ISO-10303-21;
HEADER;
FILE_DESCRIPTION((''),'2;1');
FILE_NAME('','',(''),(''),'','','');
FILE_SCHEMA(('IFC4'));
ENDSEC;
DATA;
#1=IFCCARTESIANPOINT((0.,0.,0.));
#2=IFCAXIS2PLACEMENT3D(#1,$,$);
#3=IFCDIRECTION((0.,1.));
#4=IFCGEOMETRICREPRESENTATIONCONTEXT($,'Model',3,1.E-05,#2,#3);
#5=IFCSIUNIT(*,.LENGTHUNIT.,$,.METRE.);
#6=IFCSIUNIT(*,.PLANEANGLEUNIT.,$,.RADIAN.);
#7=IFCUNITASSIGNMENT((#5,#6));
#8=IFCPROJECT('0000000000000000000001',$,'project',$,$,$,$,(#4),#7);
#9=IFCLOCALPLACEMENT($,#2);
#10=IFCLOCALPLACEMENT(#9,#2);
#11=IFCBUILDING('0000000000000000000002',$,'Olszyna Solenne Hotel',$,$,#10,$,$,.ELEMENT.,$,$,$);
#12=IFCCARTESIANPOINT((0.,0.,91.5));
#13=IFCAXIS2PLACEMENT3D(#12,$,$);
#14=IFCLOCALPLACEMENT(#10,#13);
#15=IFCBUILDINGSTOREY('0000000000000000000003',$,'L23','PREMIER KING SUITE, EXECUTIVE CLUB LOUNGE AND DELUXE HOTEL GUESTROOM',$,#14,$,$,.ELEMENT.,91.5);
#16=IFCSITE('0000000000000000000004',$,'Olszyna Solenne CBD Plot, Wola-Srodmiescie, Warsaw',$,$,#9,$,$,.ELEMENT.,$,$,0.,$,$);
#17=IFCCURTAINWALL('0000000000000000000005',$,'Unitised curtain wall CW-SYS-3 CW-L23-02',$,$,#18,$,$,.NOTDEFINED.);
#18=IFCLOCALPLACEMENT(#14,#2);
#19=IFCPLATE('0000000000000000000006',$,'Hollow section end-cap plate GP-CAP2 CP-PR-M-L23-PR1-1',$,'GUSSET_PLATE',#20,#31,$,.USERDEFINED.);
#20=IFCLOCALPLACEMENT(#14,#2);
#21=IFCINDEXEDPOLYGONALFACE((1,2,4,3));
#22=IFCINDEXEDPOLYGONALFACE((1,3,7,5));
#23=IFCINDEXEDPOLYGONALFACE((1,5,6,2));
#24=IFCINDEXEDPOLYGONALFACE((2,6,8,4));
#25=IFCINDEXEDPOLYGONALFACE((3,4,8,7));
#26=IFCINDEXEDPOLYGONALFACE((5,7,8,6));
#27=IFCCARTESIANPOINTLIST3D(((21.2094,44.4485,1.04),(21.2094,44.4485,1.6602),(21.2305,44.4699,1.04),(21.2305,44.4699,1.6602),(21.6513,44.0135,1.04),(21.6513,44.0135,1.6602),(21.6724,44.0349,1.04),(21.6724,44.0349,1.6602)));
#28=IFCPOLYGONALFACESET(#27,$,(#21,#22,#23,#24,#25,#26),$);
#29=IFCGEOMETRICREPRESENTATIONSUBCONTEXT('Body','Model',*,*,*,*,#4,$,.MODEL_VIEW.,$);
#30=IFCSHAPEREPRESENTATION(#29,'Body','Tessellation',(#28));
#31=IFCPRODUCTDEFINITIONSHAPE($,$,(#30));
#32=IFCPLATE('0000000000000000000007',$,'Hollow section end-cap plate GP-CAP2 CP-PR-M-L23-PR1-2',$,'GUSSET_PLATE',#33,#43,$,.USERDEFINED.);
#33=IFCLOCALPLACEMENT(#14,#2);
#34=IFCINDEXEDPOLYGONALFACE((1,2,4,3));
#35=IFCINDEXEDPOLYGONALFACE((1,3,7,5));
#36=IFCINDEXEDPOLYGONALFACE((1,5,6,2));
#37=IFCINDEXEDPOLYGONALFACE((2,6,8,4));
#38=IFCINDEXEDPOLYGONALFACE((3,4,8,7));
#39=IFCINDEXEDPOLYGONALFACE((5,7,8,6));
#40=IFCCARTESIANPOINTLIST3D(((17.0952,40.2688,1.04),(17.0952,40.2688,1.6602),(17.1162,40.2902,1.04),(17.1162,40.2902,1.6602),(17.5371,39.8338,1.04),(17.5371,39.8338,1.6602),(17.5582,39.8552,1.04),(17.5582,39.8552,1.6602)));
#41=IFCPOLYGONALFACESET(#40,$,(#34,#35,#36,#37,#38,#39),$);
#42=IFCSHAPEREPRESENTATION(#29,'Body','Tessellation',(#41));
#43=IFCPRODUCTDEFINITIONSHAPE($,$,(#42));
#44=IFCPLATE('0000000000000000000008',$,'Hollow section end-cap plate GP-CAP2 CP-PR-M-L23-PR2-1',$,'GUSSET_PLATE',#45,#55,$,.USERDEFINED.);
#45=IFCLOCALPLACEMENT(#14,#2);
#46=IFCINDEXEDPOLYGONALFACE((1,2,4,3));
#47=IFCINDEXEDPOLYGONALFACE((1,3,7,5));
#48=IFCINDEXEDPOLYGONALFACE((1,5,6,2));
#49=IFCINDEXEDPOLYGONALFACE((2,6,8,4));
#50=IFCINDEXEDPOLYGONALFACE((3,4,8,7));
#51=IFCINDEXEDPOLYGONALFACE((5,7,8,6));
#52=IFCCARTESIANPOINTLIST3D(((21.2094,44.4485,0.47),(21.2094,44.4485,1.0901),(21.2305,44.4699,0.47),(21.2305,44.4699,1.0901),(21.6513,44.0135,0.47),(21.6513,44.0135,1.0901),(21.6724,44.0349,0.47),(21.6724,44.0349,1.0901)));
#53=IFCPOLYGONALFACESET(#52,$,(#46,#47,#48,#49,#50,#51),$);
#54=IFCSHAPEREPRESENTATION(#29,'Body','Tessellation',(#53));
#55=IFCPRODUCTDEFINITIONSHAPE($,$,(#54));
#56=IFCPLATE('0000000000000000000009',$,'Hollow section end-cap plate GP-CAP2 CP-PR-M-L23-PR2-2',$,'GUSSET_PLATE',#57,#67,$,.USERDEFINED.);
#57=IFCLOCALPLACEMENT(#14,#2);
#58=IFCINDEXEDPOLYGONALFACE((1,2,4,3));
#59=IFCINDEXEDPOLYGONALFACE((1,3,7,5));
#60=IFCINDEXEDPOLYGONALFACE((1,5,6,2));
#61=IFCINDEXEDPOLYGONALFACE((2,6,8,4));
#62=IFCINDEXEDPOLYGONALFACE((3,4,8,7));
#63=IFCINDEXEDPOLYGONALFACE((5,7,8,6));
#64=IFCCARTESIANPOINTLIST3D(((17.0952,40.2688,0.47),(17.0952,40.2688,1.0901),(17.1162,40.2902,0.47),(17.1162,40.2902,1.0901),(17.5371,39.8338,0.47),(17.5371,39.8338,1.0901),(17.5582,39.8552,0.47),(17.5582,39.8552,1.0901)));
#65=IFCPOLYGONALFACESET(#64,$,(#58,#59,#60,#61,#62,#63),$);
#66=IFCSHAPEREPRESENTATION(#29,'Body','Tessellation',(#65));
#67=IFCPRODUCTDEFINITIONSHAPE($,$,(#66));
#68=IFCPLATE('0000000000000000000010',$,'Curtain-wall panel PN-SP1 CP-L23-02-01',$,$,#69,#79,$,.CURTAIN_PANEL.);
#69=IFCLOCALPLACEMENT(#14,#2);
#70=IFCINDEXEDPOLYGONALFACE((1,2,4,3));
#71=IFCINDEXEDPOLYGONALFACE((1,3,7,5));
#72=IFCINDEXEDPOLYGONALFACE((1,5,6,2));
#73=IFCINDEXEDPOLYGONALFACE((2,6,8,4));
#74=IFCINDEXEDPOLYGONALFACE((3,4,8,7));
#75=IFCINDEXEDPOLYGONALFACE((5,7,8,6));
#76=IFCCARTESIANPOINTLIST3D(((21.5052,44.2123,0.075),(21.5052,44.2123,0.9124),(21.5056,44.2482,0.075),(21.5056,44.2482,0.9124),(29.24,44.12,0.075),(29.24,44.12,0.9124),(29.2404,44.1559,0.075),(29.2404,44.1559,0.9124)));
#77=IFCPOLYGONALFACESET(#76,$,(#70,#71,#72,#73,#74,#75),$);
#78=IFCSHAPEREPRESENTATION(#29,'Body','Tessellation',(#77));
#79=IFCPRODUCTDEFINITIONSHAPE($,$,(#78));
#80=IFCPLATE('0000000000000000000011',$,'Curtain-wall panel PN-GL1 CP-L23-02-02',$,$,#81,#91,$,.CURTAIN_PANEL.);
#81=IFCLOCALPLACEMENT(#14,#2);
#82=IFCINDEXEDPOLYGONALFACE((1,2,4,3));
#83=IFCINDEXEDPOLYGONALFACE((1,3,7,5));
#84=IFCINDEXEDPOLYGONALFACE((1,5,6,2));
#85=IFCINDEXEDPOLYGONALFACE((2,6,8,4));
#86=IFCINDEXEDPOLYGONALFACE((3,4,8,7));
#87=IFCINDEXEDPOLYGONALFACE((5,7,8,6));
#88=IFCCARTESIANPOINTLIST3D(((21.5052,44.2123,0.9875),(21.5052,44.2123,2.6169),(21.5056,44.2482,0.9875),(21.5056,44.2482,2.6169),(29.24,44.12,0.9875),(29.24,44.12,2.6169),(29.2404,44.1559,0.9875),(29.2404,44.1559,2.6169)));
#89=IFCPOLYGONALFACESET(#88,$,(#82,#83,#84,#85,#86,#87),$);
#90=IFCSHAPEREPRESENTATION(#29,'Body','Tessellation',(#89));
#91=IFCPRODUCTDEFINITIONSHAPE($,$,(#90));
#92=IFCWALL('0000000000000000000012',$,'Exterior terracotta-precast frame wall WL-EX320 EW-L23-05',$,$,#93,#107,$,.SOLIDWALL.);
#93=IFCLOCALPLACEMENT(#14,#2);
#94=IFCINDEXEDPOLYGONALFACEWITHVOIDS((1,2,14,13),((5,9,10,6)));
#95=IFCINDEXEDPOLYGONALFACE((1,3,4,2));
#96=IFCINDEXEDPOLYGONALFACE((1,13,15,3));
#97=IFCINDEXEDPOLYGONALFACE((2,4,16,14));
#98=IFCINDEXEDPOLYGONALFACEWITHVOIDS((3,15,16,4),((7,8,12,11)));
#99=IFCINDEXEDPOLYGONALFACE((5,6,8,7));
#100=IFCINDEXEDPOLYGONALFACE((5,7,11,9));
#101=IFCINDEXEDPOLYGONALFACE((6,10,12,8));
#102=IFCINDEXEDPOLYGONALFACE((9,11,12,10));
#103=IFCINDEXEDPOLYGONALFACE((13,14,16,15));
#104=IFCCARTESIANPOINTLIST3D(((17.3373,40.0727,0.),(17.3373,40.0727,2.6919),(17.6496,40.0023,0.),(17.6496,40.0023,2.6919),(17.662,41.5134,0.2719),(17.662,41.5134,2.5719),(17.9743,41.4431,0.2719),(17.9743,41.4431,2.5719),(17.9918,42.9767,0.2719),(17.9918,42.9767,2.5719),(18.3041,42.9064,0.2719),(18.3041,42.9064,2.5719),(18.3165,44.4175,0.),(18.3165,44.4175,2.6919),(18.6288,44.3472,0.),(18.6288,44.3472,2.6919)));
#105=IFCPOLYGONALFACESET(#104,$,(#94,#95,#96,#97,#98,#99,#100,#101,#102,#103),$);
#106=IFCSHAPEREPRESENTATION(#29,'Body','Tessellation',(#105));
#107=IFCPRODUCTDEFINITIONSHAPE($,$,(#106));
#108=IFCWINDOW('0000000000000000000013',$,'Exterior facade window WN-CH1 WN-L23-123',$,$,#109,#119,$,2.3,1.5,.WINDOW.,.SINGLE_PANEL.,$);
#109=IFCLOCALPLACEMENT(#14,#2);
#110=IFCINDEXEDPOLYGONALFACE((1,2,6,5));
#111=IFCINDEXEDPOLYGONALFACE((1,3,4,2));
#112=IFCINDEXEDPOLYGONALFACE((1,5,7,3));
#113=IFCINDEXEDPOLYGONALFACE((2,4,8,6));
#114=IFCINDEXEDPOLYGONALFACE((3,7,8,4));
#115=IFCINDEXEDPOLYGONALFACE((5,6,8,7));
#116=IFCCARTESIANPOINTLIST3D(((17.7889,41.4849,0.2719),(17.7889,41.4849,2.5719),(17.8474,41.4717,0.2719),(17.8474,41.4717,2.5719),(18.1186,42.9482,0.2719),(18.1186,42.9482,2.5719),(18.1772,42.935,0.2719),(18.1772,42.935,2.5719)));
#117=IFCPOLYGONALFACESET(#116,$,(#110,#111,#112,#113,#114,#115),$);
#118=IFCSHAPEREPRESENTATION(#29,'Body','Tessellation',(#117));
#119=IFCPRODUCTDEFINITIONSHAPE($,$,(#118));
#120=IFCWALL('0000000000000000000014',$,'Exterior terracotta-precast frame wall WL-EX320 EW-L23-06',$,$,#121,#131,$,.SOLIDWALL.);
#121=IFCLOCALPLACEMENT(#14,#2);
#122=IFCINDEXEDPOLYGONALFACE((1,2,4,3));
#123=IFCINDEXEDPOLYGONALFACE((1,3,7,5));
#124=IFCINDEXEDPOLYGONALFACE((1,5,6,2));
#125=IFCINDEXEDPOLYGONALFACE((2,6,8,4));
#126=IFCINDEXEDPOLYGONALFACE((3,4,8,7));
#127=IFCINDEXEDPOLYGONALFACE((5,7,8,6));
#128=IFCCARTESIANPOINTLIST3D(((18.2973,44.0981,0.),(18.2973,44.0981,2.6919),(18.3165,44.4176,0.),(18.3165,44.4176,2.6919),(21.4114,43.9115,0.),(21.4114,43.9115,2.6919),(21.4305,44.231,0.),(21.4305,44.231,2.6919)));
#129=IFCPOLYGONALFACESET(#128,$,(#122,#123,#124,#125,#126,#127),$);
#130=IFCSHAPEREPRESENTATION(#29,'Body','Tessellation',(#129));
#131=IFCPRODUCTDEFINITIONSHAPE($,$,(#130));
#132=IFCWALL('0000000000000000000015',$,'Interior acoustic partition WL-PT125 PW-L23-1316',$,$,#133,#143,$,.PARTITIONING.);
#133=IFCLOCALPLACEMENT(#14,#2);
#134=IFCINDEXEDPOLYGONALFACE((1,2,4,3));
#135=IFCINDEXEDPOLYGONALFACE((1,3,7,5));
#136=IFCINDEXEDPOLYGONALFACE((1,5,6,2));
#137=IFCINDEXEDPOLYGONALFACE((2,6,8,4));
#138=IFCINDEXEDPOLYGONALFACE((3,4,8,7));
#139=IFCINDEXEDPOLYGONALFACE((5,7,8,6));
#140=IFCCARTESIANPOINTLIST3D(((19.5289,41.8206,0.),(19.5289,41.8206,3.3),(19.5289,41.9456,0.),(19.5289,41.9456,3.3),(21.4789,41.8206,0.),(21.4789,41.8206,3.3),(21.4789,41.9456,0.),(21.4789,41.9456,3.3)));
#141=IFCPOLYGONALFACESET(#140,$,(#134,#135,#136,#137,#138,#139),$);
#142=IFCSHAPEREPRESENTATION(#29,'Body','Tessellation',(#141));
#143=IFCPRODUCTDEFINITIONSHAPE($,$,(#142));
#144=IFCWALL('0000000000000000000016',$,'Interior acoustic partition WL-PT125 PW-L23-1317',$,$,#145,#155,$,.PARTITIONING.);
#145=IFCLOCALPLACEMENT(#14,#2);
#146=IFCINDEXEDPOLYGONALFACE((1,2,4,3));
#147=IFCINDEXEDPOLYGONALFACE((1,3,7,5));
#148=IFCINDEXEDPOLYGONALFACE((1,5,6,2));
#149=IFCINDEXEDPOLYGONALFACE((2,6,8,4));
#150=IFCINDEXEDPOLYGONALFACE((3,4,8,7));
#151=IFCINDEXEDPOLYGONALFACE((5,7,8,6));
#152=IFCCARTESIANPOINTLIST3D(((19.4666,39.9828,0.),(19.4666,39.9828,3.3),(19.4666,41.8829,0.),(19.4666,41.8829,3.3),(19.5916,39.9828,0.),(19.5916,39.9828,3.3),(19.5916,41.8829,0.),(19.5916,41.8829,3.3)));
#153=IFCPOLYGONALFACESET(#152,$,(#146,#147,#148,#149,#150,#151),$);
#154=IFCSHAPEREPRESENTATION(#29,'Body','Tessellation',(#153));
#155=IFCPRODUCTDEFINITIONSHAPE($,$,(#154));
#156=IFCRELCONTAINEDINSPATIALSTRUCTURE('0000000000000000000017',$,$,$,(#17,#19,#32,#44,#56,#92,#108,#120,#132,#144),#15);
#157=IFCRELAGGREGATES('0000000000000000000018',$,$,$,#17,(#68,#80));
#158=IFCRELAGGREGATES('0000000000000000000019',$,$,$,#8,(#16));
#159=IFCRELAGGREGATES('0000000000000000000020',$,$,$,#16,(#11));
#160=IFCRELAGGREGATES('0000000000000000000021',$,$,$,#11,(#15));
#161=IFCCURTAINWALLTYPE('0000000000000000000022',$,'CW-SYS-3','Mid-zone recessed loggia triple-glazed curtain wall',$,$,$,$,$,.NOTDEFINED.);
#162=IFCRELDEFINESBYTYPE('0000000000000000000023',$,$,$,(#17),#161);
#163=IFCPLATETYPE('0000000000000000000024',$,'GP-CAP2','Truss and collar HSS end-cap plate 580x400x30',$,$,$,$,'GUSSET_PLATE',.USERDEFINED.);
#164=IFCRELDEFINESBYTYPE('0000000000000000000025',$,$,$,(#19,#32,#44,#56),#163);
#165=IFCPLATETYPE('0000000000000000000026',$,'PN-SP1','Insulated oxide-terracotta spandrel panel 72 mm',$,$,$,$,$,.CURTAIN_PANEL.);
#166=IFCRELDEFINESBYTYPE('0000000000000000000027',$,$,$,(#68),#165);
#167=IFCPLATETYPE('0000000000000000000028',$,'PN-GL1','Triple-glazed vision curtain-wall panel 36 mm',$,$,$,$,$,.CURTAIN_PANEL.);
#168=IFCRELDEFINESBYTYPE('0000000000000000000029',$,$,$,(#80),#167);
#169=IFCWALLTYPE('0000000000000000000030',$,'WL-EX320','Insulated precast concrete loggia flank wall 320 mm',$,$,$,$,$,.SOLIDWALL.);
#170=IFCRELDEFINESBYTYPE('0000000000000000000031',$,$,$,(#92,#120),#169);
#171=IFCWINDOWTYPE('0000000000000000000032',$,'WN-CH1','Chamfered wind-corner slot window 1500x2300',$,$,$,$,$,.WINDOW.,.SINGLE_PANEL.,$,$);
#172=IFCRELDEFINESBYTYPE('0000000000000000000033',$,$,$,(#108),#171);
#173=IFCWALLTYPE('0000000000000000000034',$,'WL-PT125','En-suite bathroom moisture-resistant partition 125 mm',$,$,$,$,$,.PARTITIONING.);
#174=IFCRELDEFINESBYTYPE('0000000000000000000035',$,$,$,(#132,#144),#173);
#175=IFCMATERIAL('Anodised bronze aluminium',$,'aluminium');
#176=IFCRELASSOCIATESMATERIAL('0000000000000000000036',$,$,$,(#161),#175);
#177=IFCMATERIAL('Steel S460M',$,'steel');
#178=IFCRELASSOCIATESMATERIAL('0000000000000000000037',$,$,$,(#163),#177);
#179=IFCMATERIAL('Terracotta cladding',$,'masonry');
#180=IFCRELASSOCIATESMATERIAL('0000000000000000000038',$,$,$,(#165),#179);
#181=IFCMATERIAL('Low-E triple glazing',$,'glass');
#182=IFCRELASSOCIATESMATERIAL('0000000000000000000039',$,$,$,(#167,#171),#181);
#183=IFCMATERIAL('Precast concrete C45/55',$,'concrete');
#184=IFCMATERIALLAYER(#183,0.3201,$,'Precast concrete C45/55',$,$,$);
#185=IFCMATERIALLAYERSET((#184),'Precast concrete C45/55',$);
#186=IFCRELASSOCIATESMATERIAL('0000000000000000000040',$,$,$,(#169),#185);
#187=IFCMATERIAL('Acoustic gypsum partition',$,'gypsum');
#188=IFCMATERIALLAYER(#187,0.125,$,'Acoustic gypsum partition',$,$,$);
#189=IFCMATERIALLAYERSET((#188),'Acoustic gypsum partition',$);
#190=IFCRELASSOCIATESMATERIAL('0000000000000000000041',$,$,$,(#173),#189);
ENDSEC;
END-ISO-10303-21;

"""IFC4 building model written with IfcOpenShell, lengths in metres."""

from ifc_helpers import new_model, si_unit, direction, frame, frame_2d, origin, origin_2d, place, context, subcontext, project, spatial, rectangle, extrude, source, transform, mapped, material, layer, layer_set, type_object, type_shapes, element, fill, aggregate, save


model = new_model("IFC4")

# Units and contexts
model_context = context("Model", 3, precision=1e-05, world=origin(), true_north=direction((0.0, 1.0)))
body_context = subcontext(model_context, "Body", "Model", "MODEL_VIEW")
ifc_project = project(units=[si_unit("LENGTHUNIT", "METRE"), si_unit("PLANEANGLEUNIT", "RADIAN")], contexts=[model_context])

# Site, building, storey
site_placement = place(None, origin())
site = spatial("IfcSite", under=ifc_project, at=site_placement, Name="Olszyna Solenne CBD Plot, Wola-Srodmiescie, Warsaw", CompositionType="ELEMENT", RefElevation=0.0)
building_placement = place(site_placement, origin())
building = spatial("IfcBuilding", under=site, at=building_placement, Name="Olszyna Solenne Hotel", CompositionType="ELEMENT")
storey_placement = place(building_placement, frame((0.0, 0.0, 91.5)))
storey = spatial("IfcBuildingStorey", under=building, at=storey_placement, Name="L23", Description="PREMIER KING SUITE, EXECUTIVE CLUB LOUNGE AND DELUXE HOTEL GUESTROOM", CompositionType="ELEMENT", Elevation=91.5)

# Shared definitions
ifc_material_1 = material(Name="Steel S460M", Category="steel")

# Curtain wall
ifc_material_2 = material(Name="Anodised bronze aluminium", Category="aluminium")
curtain_wall_type = type_object("IfcCurtainWallType", Name="CW-SYS-3", Description="Mid-zone recessed loggia triple-glazed curtain wall", PredefinedType="NOTDEFINED", material=ifc_material_2)
curtain_wall_placement = place(storey_placement, origin())
curtain_wall = element("IfcCurtainWall", 1, at=curtain_wall_placement, inside=storey, type_object=curtain_wall_type, Name="Unitised curtain wall CW-SYS-3 CW-L23-02", PredefinedType="NOTDEFINED")

# Plates
plate_type_1 = type_object("IfcPlateType", Name="GP-CAP2", Description="Truss and collar HSS end-cap plate 580x400x30", ElementType="GUSSET_PLATE", PredefinedType="USERDEFINED", material=ifc_material_1)
shared_shape_1 = source(origin(), body_context, "Body", "SweptSolid", [
    extrude(rectangle(XDim=0.03, YDim=0.6201, at=origin_2d()), origin(), (0.0, 0.0, 1.0), 0.6201),
])
for number, where, z_axis, x_axis, name in (
    (2, (21.4409, 44.2417, 1.04), (0.0, 0.0, 1.0), (-0.701531, -0.712639, 0.0), "Hollow section end-cap plate GP-CAP2 CP-PR-M-L23-PR1-1"),
    (3, (17.3267, 40.062, 1.04), (0.0, 0.0, 1.0), (-0.701531, -0.712639, 0.0), "Hollow section end-cap plate GP-CAP2 CP-PR-M-L23-PR1-2"),
    (4, (21.4409, 44.2417, 0.47), (0.0, 0.0, 1.0), (-0.701531, -0.712639, 0.0), "Hollow section end-cap plate GP-CAP2 CP-PR-M-L23-PR2-1"),
    (5, (17.3267, 40.062, 0.47), (0.0, 0.0, 1.0), (-0.701531, -0.712639, 0.0), "Hollow section end-cap plate GP-CAP2 CP-PR-M-L23-PR2-2"),
):
    element("IfcPlate", number, at=place(storey_placement, frame(where, z_axis=z_axis, x_axis=x_axis)), inside=storey, type_object=plate_type_1, Name=name, ObjectType="GUSSET_PLATE", PredefinedType="USERDEFINED", context=body_context, shape_type="MappedRepresentation", body=[
        mapped(shared_shape_1, transform((0.0, 0.0, 0.0), x_axis=(1.0, 0.0, 0.0), y_axis=(0.0, 1.0, 0.0), z_axis=(0.0, 0.0, 1.0), scale=1.0)),
    ])

# Plates
ifc_material_3 = material(Name="Terracotta cladding", Category="masonry")
plate_type_2 = type_object("IfcPlateType", Name="PN-SP1", Description="Insulated oxide-terracotta spandrel panel 72 mm", PredefinedType="CURTAIN_PANEL", material=ifc_material_3)
shared_shape_2 = source(origin(), body_context, "Body", "SweptSolid", [
    extrude(rectangle(XDim=7.7354, YDim=0.0359, at=origin_2d()), origin(), (0.0, 0.0, 1.0), 0.8374),
])
plate_1_placement = place(storey_placement, frame((25.3728, 44.1841, 0.075), z_axis=(0.0, 0.0, 1.0), x_axis=(0.999929, -0.011927, 0.0)))
plate_1 = element("IfcPlate", 6, at=plate_1_placement, type_object=plate_type_2, Name="Curtain-wall panel PN-SP1 CP-L23-02-01", PredefinedType="CURTAIN_PANEL", context=body_context, shape_type="MappedRepresentation", body=[
    mapped(shared_shape_2, transform((0.0, 0.0, 0.0), x_axis=(1.0, 0.0, 0.0), y_axis=(0.0, 1.0, 0.0), z_axis=(0.0, 0.0, 1.0), scale=1.0)),
])
ifc_material_4 = material(Name="Low-E triple glazing", Category="glass")
plate_type_3 = type_object("IfcPlateType", Name="PN-GL1", Description="Triple-glazed vision curtain-wall panel 36 mm", PredefinedType="CURTAIN_PANEL", material=ifc_material_4)
shared_shape_3 = source(origin(), body_context, "Body", "SweptSolid", [
    extrude(rectangle(XDim=7.7354, YDim=0.0359, at=origin_2d()), origin(), (0.0, 0.0, 1.0), 1.6294),
])
plate_2_placement = place(storey_placement, frame((25.3728, 44.1841, 0.9875), z_axis=(0.0, 0.0, 1.0), x_axis=(0.999929, -0.011927, 0.0)))
plate_2 = element("IfcPlate", 7, at=plate_2_placement, type_object=plate_type_3, Name="Curtain-wall panel PN-GL1 CP-L23-02-02", PredefinedType="CURTAIN_PANEL", context=body_context, shape_type="MappedRepresentation", body=[
    mapped(shared_shape_3, transform((0.0, 0.0, 0.0), x_axis=(1.0, 0.0, 0.0), y_axis=(0.0, 1.0, 0.0), z_axis=(0.0, 0.0, 1.0), scale=1.0)),
])
aggregate(curtain_wall, [plate_1, plate_2])

# Wall, opening, window
ifc_material_5 = material(Name="Precast concrete C45/55", Category="concrete")
ifc_layer_1 = layer(ifc_material_5, 0.3201, Name="Precast concrete C45/55")
ifc_layer_set_1 = layer_set([ifc_layer_1], Name="Precast concrete C45/55")
wall_type_1 = type_object("IfcWallType", Name="WL-EX320", Description="Insulated precast concrete loggia flank wall 320 mm", PredefinedType="SOLIDWALL", material=ifc_layer_set_1)
wall_1_placement = place(storey_placement, frame((17.4934, 40.0374, 0.0), z_axis=(0.0, 0.0, 1.0), x_axis=(0.21986, 0.975531, 0.0)))
wall_1 = element("IfcWall", 8, at=wall_1_placement, inside=storey, type_object=wall_type_1, Name="Exterior terracotta-precast frame wall WL-EX320 EW-L23-05", PredefinedType="SOLIDWALL", context=body_context, shape_type="SweptSolid", body=[
    extrude(rectangle(XDim=4.4539, YDim=0.3201, at=frame_2d((2.2271, 0.0))), origin(), (0.0, 0.0, 1.0), 2.6919),
])
opening_placement = place(wall_1_placement, frame((1.4771, 0.0, 0.272)))
opening = element("IfcOpeningElement", 9, at=opening_placement, cuts=wall_1, PredefinedType="OPENING", context=body_context, shape_type="SweptSolid", body=[
    extrude(rectangle(XDim=1.5, YDim=2.3, at=frame_2d((0.75, 1.1499))), frame((0.0, 0.1699, 0.0), z_axis=(0.0, -1.0, 0.0), x_axis=(1.0, 0.0, 0.0)), (0.0, 0.0, 1.0), 0.3401),
])
window_type = type_object("IfcWindowType", Name="WN-CH1", Description="Chamfered wind-corner slot window 1500x2300", PartitioningType="SINGLE_PANEL", PredefinedType="WINDOW", material=ifc_material_4)
shared_shape_4 = source(origin(), body_context, "Body", "SweptSolid", [
    extrude(rectangle(XDim=1.5, YDim=2.3, at=frame_2d((0.75, 1.1499))), frame((0.0, 0.03, 0.0), z_axis=(0.0, -1.0, 0.0), x_axis=(1.0, 0.0, 0.0)), (0.0, 0.0, 1.0), 0.0601),
])
type_shapes(window_type, [shared_shape_4])
window_placement = place(opening_placement, origin())
window = element("IfcWindow", 10, at=window_placement, inside=storey, type_object=window_type, Name="Exterior facade window WN-CH1 WN-L23-123", OverallHeight=2.3, OverallWidth=1.5, PartitioningType="SINGLE_PANEL", PredefinedType="WINDOW", context=body_context, shape_type="MappedRepresentation", body=[
    mapped(shared_shape_4, transform((0.0, 0.0, 0.0), x_axis=(1.0, 0.0, 0.0), y_axis=(0.0, 1.0, 0.0), z_axis=(0.0, 0.0, 1.0), scale=1.0)),
])
fill(opening, window)

# Walls
wall_2_placement = place(storey_placement, frame((18.3069, 44.2578, 0.0), z_axis=(0.0, 0.0, 1.0), x_axis=(0.998211, -0.059791, 0.0)))
element("IfcWall", 11, at=wall_2_placement, inside=storey, type_object=wall_type_1, Name="Exterior terracotta-precast frame wall WL-EX320 EW-L23-06", PredefinedType="SOLIDWALL", context=body_context, shape_type="SweptSolid", body=[
    extrude(rectangle(XDim=3.1196, YDim=0.3201, at=frame_2d((1.5598, 0.0))), origin(), (0.0, 0.0, 1.0), 2.6919),
])
ifc_material_6 = material(Name="Acoustic gypsum partition", Category="gypsum")
ifc_layer_2 = layer(ifc_material_6, 0.125, Name="Acoustic gypsum partition")
ifc_layer_set_2 = layer_set([ifc_layer_2], Name="Acoustic gypsum partition")
wall_type_2 = type_object("IfcWallType", Name="WL-PT125", Description="En-suite bathroom moisture-resistant partition 125 mm", PredefinedType="PARTITIONING", material=ifc_layer_set_2)
wall_3_placement = place(storey_placement, frame((21.479, 41.8831, 0.0), z_axis=(0.0, 0.0, 1.0), x_axis=(-1.0, 0.0, 0.0)))
element("IfcWall", 12, at=wall_3_placement, inside=storey, type_object=wall_type_2, Name="Interior acoustic partition WL-PT125 PW-L23-1316", PredefinedType="PARTITIONING", context=body_context, shape_type="SweptSolid", body=[
    extrude(rectangle(XDim=1.95, YDim=0.125, at=frame_2d((0.9751, 0.0))), origin(), (0.0, 0.0, 1.0), 3.3),
])
wall_4_placement = place(storey_placement, frame((19.5291, 41.8831, 0.0), z_axis=(0.0, 0.0, 1.0), x_axis=(0.0, -1.0, 0.0)))
element("IfcWall", 13, at=wall_4_placement, inside=storey, type_object=wall_type_2, Name="Interior acoustic partition WL-PT125 PW-L23-1317", PredefinedType="PARTITIONING", context=body_context, shape_type="SweptSolid", body=[
    extrude(rectangle(XDim=1.9001, YDim=0.125, at=frame_2d((0.9502, 0.0))), origin(), (0.0, 0.0, 1.0), 3.3),
])

save(model, "model.ifc")
